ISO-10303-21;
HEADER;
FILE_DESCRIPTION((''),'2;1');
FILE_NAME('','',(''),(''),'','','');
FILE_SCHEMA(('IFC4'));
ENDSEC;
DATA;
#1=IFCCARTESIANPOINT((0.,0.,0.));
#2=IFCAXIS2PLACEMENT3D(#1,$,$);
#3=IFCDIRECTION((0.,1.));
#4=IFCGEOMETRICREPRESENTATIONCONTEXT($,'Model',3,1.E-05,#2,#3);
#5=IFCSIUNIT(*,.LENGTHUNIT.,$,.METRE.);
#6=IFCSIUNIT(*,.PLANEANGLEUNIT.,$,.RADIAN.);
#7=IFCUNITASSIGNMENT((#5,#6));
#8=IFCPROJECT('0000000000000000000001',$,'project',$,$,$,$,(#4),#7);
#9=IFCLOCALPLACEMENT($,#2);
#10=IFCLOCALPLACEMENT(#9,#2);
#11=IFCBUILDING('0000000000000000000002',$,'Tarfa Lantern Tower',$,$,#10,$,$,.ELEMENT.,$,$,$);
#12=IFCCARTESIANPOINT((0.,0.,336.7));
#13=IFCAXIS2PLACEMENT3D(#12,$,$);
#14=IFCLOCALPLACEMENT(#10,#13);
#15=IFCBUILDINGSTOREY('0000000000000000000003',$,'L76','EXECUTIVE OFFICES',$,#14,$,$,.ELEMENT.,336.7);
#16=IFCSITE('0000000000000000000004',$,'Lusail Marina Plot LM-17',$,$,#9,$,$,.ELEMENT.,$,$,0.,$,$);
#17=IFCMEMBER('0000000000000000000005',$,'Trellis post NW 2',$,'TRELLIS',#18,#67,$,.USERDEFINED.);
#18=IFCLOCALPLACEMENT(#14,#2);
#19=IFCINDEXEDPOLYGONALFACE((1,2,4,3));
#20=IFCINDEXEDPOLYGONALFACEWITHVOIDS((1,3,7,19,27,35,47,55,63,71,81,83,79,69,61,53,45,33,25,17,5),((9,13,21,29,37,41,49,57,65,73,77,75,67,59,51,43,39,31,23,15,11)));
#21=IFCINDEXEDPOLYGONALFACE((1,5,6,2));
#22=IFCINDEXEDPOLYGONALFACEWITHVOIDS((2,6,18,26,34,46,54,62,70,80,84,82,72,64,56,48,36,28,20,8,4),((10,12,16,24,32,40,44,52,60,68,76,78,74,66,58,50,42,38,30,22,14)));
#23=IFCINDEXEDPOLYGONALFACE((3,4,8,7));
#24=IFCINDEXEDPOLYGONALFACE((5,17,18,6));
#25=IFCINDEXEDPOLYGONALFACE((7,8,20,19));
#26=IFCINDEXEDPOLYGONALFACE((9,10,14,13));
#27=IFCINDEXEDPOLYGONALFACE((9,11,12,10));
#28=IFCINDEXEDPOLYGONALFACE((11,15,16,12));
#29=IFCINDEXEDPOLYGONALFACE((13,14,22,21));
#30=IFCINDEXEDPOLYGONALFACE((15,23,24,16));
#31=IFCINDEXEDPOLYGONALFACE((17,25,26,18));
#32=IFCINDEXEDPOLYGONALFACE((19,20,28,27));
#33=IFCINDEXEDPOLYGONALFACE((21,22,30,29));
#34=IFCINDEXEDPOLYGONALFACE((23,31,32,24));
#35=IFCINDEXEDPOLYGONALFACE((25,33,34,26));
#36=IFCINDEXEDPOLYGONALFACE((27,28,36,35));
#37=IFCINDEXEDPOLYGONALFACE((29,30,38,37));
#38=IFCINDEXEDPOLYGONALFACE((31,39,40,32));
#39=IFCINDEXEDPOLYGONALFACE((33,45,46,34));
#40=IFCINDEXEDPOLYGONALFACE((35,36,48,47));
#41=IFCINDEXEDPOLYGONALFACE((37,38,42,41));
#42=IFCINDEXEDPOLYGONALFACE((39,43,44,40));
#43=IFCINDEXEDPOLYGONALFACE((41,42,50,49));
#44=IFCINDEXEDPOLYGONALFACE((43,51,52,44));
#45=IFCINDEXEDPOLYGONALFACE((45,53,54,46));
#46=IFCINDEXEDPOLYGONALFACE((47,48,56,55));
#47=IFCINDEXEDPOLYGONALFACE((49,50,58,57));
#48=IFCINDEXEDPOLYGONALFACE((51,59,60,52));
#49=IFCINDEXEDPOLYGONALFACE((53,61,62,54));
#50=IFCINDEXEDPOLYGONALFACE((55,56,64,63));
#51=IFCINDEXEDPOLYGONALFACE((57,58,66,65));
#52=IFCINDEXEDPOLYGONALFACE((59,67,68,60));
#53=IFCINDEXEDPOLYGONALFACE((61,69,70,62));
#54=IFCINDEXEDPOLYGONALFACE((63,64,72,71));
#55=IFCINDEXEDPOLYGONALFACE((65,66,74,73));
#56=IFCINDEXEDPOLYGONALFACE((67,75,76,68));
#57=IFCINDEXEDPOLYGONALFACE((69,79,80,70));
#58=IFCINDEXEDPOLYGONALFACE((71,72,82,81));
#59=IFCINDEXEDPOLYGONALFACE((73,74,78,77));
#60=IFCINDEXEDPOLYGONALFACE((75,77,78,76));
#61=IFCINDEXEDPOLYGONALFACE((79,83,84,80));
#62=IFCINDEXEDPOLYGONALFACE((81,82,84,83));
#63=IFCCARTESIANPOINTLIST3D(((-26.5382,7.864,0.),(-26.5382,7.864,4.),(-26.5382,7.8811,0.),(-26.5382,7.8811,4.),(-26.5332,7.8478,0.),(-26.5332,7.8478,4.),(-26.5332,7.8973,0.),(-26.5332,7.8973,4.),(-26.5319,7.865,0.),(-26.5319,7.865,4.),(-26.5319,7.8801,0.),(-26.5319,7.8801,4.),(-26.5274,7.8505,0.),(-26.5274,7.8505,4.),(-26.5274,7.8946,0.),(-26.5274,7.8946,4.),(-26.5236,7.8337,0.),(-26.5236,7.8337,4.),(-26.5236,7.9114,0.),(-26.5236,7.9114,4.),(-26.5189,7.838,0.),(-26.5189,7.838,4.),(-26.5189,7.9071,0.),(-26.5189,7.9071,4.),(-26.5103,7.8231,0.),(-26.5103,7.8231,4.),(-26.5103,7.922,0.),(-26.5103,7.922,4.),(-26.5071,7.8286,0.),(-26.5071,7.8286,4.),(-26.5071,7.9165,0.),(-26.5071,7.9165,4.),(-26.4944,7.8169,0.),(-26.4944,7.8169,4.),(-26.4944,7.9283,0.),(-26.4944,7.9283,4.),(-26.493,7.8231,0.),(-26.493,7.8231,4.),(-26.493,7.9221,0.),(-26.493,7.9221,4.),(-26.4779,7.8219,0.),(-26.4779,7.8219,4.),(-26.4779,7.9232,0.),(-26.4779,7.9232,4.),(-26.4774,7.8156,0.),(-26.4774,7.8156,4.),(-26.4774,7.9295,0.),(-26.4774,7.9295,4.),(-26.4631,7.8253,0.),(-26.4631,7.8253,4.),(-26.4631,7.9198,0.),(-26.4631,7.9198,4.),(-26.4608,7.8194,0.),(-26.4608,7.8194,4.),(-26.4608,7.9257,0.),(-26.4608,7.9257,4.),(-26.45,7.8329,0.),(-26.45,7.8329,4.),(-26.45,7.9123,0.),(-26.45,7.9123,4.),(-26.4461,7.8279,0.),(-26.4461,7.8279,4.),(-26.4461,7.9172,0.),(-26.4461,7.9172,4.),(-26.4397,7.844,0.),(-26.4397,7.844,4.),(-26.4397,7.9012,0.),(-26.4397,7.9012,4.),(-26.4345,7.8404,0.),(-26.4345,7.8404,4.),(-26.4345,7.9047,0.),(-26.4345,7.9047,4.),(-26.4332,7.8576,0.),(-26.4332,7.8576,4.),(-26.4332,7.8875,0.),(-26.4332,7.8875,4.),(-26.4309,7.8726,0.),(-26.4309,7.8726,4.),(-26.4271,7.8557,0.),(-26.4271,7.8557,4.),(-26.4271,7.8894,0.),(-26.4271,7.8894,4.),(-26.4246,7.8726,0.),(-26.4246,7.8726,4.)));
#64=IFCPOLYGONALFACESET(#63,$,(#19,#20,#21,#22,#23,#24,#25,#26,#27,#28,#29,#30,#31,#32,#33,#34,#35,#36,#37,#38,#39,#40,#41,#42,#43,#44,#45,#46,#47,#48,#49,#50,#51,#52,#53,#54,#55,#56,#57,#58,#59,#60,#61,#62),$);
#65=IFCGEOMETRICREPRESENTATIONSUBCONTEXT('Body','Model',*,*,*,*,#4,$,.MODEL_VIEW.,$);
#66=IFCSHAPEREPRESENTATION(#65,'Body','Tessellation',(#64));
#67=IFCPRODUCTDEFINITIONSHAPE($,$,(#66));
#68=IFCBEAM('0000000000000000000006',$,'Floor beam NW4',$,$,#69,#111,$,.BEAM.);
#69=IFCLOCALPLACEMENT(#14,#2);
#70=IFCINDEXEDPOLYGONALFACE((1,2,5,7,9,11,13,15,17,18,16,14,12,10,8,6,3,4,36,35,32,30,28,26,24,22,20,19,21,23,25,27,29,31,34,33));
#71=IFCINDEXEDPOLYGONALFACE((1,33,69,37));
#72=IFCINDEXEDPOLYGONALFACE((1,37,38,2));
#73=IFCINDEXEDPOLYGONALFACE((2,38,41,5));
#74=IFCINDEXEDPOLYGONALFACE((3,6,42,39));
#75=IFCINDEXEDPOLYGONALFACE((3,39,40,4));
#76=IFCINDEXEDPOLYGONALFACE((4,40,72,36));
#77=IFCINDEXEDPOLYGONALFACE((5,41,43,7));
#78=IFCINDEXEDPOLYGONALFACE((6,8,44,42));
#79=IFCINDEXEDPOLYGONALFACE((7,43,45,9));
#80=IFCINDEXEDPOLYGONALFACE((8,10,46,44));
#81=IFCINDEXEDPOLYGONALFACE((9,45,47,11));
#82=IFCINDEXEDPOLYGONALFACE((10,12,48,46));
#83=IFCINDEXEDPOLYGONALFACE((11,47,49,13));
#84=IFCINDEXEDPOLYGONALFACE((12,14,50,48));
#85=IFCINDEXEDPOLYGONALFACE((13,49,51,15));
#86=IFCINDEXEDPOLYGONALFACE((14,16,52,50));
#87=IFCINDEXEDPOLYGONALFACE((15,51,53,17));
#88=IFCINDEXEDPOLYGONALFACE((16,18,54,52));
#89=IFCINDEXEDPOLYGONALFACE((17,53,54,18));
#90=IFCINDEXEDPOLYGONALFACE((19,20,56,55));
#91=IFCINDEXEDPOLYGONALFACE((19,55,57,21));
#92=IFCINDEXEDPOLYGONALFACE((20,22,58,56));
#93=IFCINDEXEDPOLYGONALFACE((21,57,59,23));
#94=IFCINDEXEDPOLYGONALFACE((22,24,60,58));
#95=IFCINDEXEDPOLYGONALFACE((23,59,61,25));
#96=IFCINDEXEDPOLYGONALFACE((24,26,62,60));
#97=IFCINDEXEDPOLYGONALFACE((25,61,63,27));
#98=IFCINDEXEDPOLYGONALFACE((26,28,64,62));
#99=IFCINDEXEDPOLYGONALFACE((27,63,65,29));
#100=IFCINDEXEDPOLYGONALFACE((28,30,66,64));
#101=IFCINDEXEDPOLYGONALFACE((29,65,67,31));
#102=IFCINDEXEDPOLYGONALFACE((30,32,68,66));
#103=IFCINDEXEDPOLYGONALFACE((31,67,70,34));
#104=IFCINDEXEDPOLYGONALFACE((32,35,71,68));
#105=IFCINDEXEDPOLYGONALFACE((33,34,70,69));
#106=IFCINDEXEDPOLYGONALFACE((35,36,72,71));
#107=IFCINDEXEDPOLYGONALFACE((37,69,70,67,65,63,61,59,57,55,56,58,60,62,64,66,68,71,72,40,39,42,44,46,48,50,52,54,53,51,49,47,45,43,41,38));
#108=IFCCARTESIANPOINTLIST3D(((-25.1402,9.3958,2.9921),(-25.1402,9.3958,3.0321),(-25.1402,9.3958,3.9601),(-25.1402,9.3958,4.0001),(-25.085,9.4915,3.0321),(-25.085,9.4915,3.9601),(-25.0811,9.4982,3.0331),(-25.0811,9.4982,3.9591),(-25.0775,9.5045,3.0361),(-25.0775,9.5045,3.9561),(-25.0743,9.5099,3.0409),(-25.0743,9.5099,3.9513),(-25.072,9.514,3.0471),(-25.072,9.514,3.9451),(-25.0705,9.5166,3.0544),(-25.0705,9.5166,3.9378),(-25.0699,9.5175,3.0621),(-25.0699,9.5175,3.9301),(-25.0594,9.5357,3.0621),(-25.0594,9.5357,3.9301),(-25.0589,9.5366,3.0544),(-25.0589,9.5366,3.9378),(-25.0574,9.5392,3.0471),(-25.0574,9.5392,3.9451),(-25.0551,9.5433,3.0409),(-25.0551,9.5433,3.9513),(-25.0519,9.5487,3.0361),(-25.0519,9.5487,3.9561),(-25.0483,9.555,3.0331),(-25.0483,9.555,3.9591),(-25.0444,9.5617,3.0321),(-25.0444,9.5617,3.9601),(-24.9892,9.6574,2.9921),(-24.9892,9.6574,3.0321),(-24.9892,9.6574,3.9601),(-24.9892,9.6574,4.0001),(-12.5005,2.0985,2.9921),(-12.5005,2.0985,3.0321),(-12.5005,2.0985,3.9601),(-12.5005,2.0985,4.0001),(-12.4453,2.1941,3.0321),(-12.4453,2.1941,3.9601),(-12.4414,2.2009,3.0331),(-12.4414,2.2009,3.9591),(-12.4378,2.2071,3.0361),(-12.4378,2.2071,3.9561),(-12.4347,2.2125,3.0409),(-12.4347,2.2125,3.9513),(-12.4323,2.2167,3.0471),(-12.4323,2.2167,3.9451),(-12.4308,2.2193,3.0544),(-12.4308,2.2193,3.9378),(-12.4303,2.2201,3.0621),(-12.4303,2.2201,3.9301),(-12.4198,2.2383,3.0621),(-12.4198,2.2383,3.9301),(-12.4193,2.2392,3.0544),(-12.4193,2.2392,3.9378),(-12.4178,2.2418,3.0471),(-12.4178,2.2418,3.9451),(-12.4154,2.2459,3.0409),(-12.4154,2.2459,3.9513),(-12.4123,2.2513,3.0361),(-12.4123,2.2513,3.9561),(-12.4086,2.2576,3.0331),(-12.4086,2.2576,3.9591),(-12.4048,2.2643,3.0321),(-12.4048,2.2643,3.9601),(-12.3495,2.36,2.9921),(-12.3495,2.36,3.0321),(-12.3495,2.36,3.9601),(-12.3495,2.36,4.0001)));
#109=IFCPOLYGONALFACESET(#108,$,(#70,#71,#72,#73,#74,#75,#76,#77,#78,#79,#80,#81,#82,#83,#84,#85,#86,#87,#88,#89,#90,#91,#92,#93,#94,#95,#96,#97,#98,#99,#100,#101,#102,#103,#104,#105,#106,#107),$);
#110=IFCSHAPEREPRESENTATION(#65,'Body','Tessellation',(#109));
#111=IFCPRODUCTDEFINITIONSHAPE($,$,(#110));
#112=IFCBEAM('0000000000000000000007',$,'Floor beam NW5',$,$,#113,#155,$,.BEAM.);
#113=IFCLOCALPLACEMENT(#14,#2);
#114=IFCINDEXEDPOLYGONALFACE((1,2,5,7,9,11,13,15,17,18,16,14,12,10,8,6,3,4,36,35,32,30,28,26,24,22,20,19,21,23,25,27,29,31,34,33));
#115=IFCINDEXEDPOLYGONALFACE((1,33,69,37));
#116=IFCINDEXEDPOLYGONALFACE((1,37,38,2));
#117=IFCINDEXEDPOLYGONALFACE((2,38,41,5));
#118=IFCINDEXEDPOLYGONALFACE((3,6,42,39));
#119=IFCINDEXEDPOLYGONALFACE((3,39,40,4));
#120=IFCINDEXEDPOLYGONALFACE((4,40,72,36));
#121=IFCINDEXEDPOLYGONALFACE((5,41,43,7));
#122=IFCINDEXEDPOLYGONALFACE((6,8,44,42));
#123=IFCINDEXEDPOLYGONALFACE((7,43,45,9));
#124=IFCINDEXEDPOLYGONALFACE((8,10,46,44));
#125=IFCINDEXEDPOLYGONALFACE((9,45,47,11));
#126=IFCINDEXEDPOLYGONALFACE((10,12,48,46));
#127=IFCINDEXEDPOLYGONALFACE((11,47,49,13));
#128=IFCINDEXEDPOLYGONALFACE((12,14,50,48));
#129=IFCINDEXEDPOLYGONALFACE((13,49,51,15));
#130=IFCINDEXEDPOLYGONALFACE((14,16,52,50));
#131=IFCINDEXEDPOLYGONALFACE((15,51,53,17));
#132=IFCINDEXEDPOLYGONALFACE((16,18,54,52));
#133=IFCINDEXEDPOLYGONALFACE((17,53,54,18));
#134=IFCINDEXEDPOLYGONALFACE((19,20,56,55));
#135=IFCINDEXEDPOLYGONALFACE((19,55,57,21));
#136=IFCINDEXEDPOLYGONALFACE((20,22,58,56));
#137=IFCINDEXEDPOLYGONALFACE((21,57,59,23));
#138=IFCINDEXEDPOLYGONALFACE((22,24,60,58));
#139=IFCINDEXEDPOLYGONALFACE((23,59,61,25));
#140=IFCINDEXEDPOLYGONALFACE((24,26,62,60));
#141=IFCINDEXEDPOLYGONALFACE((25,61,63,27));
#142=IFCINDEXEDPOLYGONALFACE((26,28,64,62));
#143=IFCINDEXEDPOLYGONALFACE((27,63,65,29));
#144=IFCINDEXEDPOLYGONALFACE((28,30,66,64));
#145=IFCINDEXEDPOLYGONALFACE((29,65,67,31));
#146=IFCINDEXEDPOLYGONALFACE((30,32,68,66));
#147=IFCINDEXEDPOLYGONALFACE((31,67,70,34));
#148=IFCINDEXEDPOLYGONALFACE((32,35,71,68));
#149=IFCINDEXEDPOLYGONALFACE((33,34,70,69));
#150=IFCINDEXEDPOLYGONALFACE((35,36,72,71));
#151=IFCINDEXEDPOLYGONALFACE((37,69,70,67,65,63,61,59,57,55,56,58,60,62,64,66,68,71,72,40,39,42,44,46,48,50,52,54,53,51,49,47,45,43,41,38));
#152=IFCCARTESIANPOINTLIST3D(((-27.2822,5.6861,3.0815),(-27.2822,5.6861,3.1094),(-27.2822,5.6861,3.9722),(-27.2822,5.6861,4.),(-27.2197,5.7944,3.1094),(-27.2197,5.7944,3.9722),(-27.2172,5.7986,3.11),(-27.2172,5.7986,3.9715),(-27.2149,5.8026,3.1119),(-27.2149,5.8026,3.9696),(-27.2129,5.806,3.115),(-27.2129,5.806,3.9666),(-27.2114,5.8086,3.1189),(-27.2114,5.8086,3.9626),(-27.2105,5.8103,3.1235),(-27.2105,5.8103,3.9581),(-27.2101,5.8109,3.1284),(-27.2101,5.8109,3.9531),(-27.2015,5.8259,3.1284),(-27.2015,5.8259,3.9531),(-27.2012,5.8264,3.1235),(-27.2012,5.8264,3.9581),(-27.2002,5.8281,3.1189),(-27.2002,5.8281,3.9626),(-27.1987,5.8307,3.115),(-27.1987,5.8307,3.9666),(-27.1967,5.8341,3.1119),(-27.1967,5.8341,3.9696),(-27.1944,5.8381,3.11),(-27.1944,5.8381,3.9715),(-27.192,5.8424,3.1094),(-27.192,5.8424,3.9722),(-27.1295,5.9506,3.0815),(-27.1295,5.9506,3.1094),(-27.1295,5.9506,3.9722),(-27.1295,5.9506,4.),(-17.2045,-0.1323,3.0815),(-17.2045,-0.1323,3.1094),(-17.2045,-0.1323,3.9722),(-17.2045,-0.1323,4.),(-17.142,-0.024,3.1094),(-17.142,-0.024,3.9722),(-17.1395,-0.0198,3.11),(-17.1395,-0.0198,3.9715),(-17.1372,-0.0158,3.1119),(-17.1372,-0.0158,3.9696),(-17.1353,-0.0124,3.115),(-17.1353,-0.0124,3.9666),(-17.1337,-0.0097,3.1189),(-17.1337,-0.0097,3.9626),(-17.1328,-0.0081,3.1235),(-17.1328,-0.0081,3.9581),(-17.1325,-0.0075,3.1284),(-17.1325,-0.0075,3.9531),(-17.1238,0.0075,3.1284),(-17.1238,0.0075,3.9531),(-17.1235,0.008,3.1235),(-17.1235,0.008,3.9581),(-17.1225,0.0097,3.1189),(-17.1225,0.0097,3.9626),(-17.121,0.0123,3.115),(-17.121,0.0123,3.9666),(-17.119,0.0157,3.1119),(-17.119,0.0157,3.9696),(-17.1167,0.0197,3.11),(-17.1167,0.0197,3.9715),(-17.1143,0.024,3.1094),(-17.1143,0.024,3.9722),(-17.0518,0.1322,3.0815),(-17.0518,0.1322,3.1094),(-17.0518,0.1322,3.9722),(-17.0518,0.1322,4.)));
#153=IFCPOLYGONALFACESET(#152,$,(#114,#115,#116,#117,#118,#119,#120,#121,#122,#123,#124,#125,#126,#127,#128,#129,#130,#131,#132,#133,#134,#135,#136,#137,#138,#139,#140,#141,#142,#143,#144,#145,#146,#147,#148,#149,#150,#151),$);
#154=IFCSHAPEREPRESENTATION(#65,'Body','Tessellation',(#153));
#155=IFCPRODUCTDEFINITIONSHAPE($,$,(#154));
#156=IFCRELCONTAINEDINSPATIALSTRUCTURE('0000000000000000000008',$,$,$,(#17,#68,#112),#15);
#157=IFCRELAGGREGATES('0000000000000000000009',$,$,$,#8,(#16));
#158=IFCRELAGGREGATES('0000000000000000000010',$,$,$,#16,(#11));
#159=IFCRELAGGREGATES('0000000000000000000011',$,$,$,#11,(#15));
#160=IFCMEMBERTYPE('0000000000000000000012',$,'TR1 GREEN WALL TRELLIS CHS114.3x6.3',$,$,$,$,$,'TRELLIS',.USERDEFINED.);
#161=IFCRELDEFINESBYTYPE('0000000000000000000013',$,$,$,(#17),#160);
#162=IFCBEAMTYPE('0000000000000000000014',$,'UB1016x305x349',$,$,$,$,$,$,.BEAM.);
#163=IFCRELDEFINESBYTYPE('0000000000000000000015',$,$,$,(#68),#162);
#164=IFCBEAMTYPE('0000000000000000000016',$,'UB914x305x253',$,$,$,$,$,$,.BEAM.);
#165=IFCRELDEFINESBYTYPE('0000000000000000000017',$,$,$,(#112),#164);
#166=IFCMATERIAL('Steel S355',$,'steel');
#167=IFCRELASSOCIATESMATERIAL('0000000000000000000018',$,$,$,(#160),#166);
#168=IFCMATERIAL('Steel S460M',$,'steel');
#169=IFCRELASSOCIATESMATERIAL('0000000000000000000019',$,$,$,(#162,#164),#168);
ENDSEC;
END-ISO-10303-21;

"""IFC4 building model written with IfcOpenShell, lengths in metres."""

from ifc_helpers import new_model, si_unit, direction, frame, origin, origin_2d, place, context, subcontext, project, spatial, hollow_circle, i_section, extrude, material, material_profile, profile_set, type_object, element, save


model = new_model("IFC4")

# Units and contexts
model_context = context("Model", 3, precision=1e-05, world=origin(), true_north=direction((0.0, 1.0)))
body_context = subcontext(model_context, "Body", "Model", "MODEL_VIEW")
ifc_project = project(units=[si_unit("LENGTHUNIT", "METRE"), si_unit("PLANEANGLEUNIT", "RADIAN")], contexts=[model_context])

# Site, building, storey
site_placement = place(None, origin())
site = spatial("IfcSite", under=ifc_project, at=site_placement, Name="Lusail Marina Plot LM-17", CompositionType="ELEMENT", RefElevation=0.0)
building_placement = place(site_placement, origin())
building = spatial("IfcBuilding", under=site, at=building_placement, Name="Tarfa Lantern Tower", CompositionType="ELEMENT")
storey_placement = place(building_placement, frame((0.0, 0.0, 336.7)))
storey = spatial("IfcBuildingStorey", under=building, at=storey_placement, Name="L76", Description="EXECUTIVE OFFICES", CompositionType="ELEMENT", Elevation=336.7)

# Member
ifc_material_1 = material(Name="Steel S355", Category="steel")
ifc_material_profile_1 = material_profile(ifc_material_1, hollow_circle(Radius=0.0571, WallThickness=0.0063, at=origin_2d()), Name="CHS114.3x6.3")
ifc_profile_set_1 = profile_set([ifc_material_profile_1], Name="Steel S355")
member_type_1 = type_object("IfcMemberType", Name="TR1 GREEN WALL TRELLIS CHS114.3x6.3", ElementType="TRELLIS", PredefinedType="USERDEFINED", material=ifc_profile_set_1)
member_1_placement = place(storey_placement, frame((-26.4817, 7.8726, 0.0), z_axis=(0.0, 0.0, 1.0), x_axis=(1.0, 0.0, 0.0)))
element("IfcMember", 1, at=member_1_placement, inside=storey, type_object=member_type_1, Name="Trellis post NW 2", ObjectType="TRELLIS", PredefinedType="USERDEFINED", context=body_context, shape_type="SweptSolid", body=[
    extrude(hollow_circle(Radius=0.0571, WallThickness=0.0063, at=origin_2d()), origin(), (0.0, 0.0, 1.0), 4.0),
])

# Beams
ifc_material_2 = material(Name="Steel S460M", Category="steel")
ifc_material_profile_2 = material_profile(ifc_material_2, i_section(OverallWidth=0.302, OverallDepth=1.0081, WebThickness=0.021, FlangeThickness=0.04, FilletRadius=0.03, at=origin_2d()), Name="UB1016x305x349")
ifc_profile_set_2 = profile_set([ifc_material_profile_2], Name="Steel S460M")
beam_type_1 = type_object("IfcBeamType", Name="UB1016x305x349", PredefinedType="BEAM", material=ifc_profile_set_2)
beam_1_placement = place(storey_placement, frame((-25.0647, 9.5266, 3.4961), z_axis=(0.86603, -0.499993, 0.0), x_axis=(0.499993, 0.86603, 0.0)))
element("IfcBeam", 2, at=beam_1_placement, inside=storey, type_object=beam_type_1, Name="Floor beam NW4", PredefinedType="BEAM", context=body_context, shape_type="SweptSolid", body=[
    extrude(i_section(OverallWidth=0.302, OverallDepth=1.0081, WebThickness=0.021, FlangeThickness=0.04, FilletRadius=0.03, at=origin_2d()), origin(), (0.0, 0.0, 1.0), 14.595),
])
ifc_material_profile_3 = material_profile(ifc_material_2, i_section(OverallWidth=0.3054, OverallDepth=0.9185, WebThickness=0.0173, FlangeThickness=0.0278, FilletRadius=0.019, at=origin_2d()), Name="UB914x305x253")
ifc_profile_set_3 = profile_set([ifc_material_profile_3], Name="Steel S460M")
beam_type_2 = type_object("IfcBeamType", Name="UB914x305x253", PredefinedType="BEAM", material=ifc_profile_set_3)
beam_2_placement = place(storey_placement, frame((-27.2058, 5.8184, 3.5408), z_axis=(0.866024, -0.500002, 0.0), x_axis=(0.500002, 0.866024, 0.0)))
element("IfcBeam", 3, at=beam_2_placement, inside=storey, type_object=beam_type_2, Name="Floor beam NW5", PredefinedType="BEAM", context=body_context, shape_type="SweptSolid", body=[
    extrude(i_section(OverallWidth=0.3054, OverallDepth=0.9185, WebThickness=0.0173, FlangeThickness=0.0278, FilletRadius=0.019, at=origin_2d()), origin(), (0.0, 0.0, 1.0), 11.6367),
])

save(model, "model.ifc")
